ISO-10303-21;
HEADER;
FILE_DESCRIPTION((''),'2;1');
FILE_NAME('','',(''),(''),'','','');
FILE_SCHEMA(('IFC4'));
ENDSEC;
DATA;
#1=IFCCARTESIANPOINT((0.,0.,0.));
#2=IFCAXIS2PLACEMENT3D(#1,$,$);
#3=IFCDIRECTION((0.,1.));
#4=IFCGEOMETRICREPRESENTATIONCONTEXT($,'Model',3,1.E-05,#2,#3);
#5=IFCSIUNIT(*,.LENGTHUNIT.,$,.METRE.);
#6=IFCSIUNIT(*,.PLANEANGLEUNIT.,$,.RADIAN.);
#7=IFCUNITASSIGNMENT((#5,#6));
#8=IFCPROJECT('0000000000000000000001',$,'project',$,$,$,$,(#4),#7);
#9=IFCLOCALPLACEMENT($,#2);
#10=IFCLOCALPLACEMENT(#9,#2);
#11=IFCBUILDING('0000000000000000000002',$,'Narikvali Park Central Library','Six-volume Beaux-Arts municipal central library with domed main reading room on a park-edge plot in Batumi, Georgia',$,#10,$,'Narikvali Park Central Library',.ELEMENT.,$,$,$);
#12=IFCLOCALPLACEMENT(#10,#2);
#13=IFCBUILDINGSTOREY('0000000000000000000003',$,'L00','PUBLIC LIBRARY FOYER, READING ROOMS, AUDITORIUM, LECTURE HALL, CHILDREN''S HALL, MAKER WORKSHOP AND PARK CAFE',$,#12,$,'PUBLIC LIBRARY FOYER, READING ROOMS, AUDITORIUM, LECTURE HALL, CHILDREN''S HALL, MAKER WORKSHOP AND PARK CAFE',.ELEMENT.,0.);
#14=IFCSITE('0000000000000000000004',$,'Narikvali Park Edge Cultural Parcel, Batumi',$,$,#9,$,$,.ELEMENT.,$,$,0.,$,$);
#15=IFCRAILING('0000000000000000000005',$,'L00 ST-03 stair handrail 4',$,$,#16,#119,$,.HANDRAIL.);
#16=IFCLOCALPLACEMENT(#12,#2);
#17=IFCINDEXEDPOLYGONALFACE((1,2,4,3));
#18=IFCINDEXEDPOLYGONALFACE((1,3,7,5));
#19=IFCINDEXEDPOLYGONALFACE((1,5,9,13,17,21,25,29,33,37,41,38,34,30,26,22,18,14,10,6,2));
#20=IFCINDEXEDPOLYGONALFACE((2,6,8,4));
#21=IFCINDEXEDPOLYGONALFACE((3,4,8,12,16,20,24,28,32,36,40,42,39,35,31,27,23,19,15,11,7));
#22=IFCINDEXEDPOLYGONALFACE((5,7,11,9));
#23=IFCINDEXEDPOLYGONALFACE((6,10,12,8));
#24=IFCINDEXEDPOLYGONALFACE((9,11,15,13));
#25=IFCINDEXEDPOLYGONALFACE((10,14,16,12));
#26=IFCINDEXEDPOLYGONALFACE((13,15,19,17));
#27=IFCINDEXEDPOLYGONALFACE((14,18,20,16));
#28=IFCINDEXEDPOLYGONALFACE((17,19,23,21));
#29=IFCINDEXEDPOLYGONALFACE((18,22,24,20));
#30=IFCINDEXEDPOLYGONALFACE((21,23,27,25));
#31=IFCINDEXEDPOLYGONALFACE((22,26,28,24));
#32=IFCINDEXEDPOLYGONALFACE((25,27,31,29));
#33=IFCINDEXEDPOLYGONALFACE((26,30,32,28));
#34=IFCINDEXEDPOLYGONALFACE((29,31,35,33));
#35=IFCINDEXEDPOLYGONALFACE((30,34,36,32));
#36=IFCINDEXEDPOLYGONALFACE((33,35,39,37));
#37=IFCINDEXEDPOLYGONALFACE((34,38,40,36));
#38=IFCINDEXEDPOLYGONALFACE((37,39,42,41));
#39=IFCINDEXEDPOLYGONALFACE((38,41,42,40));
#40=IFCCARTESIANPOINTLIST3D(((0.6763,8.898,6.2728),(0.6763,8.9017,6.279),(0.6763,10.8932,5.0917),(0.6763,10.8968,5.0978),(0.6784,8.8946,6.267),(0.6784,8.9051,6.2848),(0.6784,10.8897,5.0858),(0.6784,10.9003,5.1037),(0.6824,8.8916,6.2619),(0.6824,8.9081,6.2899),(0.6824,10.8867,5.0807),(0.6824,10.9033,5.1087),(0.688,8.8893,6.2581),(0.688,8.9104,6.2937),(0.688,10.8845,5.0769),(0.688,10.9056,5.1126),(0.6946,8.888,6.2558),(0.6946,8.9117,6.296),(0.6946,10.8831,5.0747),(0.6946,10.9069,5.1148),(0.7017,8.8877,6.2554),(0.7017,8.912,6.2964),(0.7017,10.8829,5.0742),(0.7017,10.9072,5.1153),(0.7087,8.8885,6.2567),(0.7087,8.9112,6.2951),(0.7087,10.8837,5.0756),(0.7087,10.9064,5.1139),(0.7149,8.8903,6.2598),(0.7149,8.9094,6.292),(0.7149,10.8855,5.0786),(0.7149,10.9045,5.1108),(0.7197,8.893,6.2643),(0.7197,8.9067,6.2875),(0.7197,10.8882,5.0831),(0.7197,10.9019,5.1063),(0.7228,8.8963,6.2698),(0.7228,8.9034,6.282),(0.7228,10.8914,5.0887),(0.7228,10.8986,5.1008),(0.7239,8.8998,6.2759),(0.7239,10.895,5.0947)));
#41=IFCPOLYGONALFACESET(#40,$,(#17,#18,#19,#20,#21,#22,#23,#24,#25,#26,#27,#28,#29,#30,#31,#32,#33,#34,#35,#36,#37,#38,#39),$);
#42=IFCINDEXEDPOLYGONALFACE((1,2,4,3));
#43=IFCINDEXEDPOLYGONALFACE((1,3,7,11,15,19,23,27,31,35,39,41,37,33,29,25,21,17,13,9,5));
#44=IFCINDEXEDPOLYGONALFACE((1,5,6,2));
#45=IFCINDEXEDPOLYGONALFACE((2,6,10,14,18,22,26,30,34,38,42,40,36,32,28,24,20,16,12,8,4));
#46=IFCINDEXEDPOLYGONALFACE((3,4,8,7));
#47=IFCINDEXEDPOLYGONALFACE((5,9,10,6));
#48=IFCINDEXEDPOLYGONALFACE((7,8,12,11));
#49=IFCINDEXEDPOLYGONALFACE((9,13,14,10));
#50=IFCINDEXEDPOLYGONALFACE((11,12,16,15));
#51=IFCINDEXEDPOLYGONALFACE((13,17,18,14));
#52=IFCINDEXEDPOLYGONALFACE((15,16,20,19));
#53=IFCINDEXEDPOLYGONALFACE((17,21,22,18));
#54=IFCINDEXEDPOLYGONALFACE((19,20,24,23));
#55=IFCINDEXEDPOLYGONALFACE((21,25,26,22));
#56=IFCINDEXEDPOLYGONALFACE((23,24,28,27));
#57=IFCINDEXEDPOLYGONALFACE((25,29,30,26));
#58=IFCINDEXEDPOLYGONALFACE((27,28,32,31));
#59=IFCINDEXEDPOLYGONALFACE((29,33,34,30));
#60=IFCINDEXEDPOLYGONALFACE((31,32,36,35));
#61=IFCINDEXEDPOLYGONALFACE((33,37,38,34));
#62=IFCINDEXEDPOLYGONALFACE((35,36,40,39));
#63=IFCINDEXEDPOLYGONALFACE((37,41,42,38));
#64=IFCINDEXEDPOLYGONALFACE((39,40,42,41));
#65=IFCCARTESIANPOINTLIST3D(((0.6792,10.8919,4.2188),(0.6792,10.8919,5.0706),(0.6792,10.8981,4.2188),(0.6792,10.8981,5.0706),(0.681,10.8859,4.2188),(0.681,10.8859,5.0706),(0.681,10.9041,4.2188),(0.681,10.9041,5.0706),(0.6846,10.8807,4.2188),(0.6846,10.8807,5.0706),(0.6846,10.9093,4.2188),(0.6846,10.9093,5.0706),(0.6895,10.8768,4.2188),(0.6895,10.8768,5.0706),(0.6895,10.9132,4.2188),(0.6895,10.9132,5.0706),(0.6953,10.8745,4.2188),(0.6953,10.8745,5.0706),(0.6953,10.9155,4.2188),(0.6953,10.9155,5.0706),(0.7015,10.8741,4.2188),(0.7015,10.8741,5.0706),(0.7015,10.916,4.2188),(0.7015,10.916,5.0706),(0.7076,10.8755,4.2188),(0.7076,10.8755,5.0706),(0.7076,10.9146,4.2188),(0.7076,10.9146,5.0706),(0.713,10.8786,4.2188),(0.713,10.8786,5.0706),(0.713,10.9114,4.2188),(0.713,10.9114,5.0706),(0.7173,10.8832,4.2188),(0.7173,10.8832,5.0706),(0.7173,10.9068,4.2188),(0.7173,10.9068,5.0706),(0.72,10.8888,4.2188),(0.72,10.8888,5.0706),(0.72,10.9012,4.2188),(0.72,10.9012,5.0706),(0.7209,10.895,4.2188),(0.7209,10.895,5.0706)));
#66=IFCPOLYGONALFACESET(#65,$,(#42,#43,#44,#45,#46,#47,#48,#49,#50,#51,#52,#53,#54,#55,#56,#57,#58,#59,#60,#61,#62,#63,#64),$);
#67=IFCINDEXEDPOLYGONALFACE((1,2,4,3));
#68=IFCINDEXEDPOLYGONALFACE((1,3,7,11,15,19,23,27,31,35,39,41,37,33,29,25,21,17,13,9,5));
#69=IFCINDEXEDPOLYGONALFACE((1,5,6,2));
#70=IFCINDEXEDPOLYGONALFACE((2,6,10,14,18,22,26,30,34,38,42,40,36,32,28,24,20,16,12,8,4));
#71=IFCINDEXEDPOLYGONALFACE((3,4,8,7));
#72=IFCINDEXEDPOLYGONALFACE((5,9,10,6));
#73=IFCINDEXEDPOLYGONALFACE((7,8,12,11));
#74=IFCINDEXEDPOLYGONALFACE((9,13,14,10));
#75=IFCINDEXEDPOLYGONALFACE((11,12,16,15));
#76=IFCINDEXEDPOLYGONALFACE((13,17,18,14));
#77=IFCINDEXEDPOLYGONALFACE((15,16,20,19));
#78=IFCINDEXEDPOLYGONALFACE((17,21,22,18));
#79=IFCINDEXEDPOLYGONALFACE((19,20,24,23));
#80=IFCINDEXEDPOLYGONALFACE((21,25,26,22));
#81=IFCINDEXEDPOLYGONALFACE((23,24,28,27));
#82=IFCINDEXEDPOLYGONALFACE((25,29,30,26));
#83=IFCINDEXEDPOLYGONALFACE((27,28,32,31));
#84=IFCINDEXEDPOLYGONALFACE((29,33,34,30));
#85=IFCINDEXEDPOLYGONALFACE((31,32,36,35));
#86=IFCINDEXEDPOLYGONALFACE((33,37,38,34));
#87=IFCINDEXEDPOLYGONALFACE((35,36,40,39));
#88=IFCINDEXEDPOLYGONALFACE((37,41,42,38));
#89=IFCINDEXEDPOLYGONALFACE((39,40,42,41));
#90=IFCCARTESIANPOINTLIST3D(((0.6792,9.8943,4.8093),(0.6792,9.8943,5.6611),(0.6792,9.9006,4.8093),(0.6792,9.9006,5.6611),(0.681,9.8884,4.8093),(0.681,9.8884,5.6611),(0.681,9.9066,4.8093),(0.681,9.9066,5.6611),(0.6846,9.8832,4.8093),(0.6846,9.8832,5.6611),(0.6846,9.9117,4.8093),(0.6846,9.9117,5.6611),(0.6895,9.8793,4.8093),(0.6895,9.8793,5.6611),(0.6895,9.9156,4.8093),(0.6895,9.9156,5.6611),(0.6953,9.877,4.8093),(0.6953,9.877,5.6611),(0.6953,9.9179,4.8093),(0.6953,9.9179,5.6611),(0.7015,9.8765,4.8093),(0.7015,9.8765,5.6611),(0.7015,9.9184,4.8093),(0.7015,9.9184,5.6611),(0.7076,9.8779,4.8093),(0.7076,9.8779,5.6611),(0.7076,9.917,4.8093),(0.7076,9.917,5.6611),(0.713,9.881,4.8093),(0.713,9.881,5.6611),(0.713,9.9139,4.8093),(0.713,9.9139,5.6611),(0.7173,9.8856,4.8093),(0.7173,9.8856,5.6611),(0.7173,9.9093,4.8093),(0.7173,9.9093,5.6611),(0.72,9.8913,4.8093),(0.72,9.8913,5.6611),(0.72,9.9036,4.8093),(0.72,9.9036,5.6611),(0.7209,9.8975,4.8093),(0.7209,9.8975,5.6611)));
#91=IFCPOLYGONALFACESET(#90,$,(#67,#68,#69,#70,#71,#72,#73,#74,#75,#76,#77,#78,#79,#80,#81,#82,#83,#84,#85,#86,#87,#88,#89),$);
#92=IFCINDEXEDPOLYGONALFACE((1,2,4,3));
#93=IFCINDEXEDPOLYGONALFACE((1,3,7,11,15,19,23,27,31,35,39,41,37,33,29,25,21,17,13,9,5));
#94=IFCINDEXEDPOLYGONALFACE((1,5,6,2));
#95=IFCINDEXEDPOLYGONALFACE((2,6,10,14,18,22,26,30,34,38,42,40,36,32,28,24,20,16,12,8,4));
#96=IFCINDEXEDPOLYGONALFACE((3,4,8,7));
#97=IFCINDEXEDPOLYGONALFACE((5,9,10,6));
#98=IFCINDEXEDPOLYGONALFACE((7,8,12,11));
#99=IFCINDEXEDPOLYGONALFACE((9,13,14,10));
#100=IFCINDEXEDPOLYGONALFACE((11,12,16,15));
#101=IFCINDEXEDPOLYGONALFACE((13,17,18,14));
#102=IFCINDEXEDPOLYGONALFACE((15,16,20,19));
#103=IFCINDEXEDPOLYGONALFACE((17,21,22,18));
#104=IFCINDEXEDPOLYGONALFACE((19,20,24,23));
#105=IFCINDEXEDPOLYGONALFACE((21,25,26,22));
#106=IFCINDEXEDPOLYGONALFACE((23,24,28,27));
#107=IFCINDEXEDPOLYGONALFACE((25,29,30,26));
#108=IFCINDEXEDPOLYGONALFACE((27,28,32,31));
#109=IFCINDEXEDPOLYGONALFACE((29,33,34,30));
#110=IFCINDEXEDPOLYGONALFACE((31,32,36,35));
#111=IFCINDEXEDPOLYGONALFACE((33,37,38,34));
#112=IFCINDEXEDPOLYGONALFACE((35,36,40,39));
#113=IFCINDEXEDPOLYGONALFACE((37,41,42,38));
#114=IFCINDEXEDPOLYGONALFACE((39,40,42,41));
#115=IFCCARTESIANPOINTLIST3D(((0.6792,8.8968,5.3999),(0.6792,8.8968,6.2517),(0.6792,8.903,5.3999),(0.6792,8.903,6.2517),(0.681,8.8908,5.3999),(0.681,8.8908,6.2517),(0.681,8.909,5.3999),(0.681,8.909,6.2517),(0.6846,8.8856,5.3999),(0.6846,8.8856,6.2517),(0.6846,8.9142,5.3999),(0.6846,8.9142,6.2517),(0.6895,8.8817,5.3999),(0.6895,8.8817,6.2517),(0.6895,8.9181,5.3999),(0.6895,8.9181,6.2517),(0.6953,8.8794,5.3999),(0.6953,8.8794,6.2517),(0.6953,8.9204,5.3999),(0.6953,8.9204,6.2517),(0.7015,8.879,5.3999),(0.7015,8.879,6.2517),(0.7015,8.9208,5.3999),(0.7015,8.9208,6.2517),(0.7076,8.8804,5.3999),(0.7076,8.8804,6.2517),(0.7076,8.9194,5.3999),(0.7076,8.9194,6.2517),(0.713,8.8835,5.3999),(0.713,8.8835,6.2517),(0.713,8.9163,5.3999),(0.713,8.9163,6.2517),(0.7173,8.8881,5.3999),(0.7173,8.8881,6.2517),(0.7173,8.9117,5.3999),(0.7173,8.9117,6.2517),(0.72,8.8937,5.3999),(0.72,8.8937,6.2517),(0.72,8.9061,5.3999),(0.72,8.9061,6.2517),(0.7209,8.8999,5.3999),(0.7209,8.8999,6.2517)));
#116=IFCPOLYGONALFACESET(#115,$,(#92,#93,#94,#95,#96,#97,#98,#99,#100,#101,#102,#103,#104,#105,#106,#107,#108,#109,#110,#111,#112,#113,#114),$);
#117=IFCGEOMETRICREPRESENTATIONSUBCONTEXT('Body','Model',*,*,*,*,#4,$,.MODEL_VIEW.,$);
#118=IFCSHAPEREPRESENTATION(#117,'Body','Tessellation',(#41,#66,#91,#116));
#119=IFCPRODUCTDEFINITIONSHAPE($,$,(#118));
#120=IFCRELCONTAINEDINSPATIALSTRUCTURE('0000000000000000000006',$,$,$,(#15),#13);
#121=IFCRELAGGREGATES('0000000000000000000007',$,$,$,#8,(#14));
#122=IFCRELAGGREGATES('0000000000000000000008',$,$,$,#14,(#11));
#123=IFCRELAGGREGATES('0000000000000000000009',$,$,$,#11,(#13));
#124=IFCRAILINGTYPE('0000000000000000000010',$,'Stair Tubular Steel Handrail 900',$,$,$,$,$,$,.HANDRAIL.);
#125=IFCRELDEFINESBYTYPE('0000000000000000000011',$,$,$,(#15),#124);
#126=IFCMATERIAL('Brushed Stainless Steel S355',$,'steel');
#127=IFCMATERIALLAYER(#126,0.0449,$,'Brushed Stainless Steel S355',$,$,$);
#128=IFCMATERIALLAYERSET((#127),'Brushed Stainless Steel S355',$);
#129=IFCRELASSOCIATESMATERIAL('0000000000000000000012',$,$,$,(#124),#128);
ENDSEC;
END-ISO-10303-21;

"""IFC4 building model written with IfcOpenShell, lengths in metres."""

from ifc_helpers import new_model, si_unit, direction, frame, origin, origin_2d, place, context, subcontext, project, spatial, circle, extrude, material, layer, layer_set, type_object, element, save


model = new_model("IFC4")

# Units and contexts
model_context = context("Model", 3, precision=1e-05, world=origin(), true_north=direction((0.0, 1.0)))
body_context = subcontext(model_context, "Body", "Model", "MODEL_VIEW")
ifc_project = project(units=[si_unit("LENGTHUNIT", "METRE"), si_unit("PLANEANGLEUNIT", "RADIAN")], contexts=[model_context])

# Site, building, storey
site_placement = place(None, origin())
site = spatial("IfcSite", under=ifc_project, at=site_placement, Name="Narikvali Park Edge Cultural Parcel, Batumi", CompositionType="ELEMENT", RefElevation=0.0)
building_placement = place(site_placement, origin())
building = spatial("IfcBuilding", under=site, at=building_placement, Name="Narikvali Park Central Library", Description="Six-volume Beaux-Arts municipal central library with domed main reading room on a park-edge plot in Batumi, Georgia", LongName="Narikvali Park Central Library", CompositionType="ELEMENT")
storey_placement = place(building_placement, origin())
storey = spatial("IfcBuildingStorey", under=building, at=storey_placement, Name="L00", Description="PUBLIC LIBRARY FOYER, READING ROOMS, AUDITORIUM, LECTURE HALL, CHILDREN'S HALL, MAKER WORKSHOP AND PARK CAFE", LongName="PUBLIC LIBRARY FOYER, READING ROOMS, AUDITORIUM, LECTURE HALL, CHILDREN'S HALL, MAKER WORKSHOP AND PARK CAFE", CompositionType="ELEMENT", Elevation=0.0)

# Railing
ifc_material_1 = material(Name="Brushed Stainless Steel S355", Category="steel")
ifc_layer_1 = layer(ifc_material_1, 0.0449, Name="Brushed Stainless Steel S355")
ifc_layer_set_1 = layer_set([ifc_layer_1], Name="Brushed Stainless Steel S355")
railing_type_1 = type_object("IfcRailingType", Name="Stair Tubular Steel Handrail 900", PredefinedType="HANDRAIL", material=ifc_layer_set_1)
for number, where, name in (
    (1, (0.7, 10.895, 4.2188), "L00 ST-03 stair handrail 4"),
):
    element("IfcRailing", number, at=place(storey_placement, frame(where)), inside=storey, type_object=railing_type_1, Name=name, PredefinedType="HANDRAIL", context=body_context, shape_type="SweptSolid", body=[
        extrude(circle(Radius=0.0239, at=origin_2d()), frame((0.0, 0.0, 0.876), z_axis=(0.0, -0.860507, 0.509439), x_axis=(1.0, 0.0, 0.0)), (0.0, 0.0, 1.0), 2.3186),
        extrude(circle(Radius=0.021, at=origin_2d()), origin(), (0.0, 0.0, 1.0), 0.8518),
        extrude(circle(Radius=0.021, at=origin_2d()), frame((0.0, -0.9976, 0.5906)), (0.0, 0.0, 1.0), 0.8518),
        extrude(circle(Radius=0.021, at=origin_2d()), frame((0.0, -1.9951, 1.1812)), (0.0, 0.0, 1.0), 0.8518),
    ])

save(model, "model.ifc")
